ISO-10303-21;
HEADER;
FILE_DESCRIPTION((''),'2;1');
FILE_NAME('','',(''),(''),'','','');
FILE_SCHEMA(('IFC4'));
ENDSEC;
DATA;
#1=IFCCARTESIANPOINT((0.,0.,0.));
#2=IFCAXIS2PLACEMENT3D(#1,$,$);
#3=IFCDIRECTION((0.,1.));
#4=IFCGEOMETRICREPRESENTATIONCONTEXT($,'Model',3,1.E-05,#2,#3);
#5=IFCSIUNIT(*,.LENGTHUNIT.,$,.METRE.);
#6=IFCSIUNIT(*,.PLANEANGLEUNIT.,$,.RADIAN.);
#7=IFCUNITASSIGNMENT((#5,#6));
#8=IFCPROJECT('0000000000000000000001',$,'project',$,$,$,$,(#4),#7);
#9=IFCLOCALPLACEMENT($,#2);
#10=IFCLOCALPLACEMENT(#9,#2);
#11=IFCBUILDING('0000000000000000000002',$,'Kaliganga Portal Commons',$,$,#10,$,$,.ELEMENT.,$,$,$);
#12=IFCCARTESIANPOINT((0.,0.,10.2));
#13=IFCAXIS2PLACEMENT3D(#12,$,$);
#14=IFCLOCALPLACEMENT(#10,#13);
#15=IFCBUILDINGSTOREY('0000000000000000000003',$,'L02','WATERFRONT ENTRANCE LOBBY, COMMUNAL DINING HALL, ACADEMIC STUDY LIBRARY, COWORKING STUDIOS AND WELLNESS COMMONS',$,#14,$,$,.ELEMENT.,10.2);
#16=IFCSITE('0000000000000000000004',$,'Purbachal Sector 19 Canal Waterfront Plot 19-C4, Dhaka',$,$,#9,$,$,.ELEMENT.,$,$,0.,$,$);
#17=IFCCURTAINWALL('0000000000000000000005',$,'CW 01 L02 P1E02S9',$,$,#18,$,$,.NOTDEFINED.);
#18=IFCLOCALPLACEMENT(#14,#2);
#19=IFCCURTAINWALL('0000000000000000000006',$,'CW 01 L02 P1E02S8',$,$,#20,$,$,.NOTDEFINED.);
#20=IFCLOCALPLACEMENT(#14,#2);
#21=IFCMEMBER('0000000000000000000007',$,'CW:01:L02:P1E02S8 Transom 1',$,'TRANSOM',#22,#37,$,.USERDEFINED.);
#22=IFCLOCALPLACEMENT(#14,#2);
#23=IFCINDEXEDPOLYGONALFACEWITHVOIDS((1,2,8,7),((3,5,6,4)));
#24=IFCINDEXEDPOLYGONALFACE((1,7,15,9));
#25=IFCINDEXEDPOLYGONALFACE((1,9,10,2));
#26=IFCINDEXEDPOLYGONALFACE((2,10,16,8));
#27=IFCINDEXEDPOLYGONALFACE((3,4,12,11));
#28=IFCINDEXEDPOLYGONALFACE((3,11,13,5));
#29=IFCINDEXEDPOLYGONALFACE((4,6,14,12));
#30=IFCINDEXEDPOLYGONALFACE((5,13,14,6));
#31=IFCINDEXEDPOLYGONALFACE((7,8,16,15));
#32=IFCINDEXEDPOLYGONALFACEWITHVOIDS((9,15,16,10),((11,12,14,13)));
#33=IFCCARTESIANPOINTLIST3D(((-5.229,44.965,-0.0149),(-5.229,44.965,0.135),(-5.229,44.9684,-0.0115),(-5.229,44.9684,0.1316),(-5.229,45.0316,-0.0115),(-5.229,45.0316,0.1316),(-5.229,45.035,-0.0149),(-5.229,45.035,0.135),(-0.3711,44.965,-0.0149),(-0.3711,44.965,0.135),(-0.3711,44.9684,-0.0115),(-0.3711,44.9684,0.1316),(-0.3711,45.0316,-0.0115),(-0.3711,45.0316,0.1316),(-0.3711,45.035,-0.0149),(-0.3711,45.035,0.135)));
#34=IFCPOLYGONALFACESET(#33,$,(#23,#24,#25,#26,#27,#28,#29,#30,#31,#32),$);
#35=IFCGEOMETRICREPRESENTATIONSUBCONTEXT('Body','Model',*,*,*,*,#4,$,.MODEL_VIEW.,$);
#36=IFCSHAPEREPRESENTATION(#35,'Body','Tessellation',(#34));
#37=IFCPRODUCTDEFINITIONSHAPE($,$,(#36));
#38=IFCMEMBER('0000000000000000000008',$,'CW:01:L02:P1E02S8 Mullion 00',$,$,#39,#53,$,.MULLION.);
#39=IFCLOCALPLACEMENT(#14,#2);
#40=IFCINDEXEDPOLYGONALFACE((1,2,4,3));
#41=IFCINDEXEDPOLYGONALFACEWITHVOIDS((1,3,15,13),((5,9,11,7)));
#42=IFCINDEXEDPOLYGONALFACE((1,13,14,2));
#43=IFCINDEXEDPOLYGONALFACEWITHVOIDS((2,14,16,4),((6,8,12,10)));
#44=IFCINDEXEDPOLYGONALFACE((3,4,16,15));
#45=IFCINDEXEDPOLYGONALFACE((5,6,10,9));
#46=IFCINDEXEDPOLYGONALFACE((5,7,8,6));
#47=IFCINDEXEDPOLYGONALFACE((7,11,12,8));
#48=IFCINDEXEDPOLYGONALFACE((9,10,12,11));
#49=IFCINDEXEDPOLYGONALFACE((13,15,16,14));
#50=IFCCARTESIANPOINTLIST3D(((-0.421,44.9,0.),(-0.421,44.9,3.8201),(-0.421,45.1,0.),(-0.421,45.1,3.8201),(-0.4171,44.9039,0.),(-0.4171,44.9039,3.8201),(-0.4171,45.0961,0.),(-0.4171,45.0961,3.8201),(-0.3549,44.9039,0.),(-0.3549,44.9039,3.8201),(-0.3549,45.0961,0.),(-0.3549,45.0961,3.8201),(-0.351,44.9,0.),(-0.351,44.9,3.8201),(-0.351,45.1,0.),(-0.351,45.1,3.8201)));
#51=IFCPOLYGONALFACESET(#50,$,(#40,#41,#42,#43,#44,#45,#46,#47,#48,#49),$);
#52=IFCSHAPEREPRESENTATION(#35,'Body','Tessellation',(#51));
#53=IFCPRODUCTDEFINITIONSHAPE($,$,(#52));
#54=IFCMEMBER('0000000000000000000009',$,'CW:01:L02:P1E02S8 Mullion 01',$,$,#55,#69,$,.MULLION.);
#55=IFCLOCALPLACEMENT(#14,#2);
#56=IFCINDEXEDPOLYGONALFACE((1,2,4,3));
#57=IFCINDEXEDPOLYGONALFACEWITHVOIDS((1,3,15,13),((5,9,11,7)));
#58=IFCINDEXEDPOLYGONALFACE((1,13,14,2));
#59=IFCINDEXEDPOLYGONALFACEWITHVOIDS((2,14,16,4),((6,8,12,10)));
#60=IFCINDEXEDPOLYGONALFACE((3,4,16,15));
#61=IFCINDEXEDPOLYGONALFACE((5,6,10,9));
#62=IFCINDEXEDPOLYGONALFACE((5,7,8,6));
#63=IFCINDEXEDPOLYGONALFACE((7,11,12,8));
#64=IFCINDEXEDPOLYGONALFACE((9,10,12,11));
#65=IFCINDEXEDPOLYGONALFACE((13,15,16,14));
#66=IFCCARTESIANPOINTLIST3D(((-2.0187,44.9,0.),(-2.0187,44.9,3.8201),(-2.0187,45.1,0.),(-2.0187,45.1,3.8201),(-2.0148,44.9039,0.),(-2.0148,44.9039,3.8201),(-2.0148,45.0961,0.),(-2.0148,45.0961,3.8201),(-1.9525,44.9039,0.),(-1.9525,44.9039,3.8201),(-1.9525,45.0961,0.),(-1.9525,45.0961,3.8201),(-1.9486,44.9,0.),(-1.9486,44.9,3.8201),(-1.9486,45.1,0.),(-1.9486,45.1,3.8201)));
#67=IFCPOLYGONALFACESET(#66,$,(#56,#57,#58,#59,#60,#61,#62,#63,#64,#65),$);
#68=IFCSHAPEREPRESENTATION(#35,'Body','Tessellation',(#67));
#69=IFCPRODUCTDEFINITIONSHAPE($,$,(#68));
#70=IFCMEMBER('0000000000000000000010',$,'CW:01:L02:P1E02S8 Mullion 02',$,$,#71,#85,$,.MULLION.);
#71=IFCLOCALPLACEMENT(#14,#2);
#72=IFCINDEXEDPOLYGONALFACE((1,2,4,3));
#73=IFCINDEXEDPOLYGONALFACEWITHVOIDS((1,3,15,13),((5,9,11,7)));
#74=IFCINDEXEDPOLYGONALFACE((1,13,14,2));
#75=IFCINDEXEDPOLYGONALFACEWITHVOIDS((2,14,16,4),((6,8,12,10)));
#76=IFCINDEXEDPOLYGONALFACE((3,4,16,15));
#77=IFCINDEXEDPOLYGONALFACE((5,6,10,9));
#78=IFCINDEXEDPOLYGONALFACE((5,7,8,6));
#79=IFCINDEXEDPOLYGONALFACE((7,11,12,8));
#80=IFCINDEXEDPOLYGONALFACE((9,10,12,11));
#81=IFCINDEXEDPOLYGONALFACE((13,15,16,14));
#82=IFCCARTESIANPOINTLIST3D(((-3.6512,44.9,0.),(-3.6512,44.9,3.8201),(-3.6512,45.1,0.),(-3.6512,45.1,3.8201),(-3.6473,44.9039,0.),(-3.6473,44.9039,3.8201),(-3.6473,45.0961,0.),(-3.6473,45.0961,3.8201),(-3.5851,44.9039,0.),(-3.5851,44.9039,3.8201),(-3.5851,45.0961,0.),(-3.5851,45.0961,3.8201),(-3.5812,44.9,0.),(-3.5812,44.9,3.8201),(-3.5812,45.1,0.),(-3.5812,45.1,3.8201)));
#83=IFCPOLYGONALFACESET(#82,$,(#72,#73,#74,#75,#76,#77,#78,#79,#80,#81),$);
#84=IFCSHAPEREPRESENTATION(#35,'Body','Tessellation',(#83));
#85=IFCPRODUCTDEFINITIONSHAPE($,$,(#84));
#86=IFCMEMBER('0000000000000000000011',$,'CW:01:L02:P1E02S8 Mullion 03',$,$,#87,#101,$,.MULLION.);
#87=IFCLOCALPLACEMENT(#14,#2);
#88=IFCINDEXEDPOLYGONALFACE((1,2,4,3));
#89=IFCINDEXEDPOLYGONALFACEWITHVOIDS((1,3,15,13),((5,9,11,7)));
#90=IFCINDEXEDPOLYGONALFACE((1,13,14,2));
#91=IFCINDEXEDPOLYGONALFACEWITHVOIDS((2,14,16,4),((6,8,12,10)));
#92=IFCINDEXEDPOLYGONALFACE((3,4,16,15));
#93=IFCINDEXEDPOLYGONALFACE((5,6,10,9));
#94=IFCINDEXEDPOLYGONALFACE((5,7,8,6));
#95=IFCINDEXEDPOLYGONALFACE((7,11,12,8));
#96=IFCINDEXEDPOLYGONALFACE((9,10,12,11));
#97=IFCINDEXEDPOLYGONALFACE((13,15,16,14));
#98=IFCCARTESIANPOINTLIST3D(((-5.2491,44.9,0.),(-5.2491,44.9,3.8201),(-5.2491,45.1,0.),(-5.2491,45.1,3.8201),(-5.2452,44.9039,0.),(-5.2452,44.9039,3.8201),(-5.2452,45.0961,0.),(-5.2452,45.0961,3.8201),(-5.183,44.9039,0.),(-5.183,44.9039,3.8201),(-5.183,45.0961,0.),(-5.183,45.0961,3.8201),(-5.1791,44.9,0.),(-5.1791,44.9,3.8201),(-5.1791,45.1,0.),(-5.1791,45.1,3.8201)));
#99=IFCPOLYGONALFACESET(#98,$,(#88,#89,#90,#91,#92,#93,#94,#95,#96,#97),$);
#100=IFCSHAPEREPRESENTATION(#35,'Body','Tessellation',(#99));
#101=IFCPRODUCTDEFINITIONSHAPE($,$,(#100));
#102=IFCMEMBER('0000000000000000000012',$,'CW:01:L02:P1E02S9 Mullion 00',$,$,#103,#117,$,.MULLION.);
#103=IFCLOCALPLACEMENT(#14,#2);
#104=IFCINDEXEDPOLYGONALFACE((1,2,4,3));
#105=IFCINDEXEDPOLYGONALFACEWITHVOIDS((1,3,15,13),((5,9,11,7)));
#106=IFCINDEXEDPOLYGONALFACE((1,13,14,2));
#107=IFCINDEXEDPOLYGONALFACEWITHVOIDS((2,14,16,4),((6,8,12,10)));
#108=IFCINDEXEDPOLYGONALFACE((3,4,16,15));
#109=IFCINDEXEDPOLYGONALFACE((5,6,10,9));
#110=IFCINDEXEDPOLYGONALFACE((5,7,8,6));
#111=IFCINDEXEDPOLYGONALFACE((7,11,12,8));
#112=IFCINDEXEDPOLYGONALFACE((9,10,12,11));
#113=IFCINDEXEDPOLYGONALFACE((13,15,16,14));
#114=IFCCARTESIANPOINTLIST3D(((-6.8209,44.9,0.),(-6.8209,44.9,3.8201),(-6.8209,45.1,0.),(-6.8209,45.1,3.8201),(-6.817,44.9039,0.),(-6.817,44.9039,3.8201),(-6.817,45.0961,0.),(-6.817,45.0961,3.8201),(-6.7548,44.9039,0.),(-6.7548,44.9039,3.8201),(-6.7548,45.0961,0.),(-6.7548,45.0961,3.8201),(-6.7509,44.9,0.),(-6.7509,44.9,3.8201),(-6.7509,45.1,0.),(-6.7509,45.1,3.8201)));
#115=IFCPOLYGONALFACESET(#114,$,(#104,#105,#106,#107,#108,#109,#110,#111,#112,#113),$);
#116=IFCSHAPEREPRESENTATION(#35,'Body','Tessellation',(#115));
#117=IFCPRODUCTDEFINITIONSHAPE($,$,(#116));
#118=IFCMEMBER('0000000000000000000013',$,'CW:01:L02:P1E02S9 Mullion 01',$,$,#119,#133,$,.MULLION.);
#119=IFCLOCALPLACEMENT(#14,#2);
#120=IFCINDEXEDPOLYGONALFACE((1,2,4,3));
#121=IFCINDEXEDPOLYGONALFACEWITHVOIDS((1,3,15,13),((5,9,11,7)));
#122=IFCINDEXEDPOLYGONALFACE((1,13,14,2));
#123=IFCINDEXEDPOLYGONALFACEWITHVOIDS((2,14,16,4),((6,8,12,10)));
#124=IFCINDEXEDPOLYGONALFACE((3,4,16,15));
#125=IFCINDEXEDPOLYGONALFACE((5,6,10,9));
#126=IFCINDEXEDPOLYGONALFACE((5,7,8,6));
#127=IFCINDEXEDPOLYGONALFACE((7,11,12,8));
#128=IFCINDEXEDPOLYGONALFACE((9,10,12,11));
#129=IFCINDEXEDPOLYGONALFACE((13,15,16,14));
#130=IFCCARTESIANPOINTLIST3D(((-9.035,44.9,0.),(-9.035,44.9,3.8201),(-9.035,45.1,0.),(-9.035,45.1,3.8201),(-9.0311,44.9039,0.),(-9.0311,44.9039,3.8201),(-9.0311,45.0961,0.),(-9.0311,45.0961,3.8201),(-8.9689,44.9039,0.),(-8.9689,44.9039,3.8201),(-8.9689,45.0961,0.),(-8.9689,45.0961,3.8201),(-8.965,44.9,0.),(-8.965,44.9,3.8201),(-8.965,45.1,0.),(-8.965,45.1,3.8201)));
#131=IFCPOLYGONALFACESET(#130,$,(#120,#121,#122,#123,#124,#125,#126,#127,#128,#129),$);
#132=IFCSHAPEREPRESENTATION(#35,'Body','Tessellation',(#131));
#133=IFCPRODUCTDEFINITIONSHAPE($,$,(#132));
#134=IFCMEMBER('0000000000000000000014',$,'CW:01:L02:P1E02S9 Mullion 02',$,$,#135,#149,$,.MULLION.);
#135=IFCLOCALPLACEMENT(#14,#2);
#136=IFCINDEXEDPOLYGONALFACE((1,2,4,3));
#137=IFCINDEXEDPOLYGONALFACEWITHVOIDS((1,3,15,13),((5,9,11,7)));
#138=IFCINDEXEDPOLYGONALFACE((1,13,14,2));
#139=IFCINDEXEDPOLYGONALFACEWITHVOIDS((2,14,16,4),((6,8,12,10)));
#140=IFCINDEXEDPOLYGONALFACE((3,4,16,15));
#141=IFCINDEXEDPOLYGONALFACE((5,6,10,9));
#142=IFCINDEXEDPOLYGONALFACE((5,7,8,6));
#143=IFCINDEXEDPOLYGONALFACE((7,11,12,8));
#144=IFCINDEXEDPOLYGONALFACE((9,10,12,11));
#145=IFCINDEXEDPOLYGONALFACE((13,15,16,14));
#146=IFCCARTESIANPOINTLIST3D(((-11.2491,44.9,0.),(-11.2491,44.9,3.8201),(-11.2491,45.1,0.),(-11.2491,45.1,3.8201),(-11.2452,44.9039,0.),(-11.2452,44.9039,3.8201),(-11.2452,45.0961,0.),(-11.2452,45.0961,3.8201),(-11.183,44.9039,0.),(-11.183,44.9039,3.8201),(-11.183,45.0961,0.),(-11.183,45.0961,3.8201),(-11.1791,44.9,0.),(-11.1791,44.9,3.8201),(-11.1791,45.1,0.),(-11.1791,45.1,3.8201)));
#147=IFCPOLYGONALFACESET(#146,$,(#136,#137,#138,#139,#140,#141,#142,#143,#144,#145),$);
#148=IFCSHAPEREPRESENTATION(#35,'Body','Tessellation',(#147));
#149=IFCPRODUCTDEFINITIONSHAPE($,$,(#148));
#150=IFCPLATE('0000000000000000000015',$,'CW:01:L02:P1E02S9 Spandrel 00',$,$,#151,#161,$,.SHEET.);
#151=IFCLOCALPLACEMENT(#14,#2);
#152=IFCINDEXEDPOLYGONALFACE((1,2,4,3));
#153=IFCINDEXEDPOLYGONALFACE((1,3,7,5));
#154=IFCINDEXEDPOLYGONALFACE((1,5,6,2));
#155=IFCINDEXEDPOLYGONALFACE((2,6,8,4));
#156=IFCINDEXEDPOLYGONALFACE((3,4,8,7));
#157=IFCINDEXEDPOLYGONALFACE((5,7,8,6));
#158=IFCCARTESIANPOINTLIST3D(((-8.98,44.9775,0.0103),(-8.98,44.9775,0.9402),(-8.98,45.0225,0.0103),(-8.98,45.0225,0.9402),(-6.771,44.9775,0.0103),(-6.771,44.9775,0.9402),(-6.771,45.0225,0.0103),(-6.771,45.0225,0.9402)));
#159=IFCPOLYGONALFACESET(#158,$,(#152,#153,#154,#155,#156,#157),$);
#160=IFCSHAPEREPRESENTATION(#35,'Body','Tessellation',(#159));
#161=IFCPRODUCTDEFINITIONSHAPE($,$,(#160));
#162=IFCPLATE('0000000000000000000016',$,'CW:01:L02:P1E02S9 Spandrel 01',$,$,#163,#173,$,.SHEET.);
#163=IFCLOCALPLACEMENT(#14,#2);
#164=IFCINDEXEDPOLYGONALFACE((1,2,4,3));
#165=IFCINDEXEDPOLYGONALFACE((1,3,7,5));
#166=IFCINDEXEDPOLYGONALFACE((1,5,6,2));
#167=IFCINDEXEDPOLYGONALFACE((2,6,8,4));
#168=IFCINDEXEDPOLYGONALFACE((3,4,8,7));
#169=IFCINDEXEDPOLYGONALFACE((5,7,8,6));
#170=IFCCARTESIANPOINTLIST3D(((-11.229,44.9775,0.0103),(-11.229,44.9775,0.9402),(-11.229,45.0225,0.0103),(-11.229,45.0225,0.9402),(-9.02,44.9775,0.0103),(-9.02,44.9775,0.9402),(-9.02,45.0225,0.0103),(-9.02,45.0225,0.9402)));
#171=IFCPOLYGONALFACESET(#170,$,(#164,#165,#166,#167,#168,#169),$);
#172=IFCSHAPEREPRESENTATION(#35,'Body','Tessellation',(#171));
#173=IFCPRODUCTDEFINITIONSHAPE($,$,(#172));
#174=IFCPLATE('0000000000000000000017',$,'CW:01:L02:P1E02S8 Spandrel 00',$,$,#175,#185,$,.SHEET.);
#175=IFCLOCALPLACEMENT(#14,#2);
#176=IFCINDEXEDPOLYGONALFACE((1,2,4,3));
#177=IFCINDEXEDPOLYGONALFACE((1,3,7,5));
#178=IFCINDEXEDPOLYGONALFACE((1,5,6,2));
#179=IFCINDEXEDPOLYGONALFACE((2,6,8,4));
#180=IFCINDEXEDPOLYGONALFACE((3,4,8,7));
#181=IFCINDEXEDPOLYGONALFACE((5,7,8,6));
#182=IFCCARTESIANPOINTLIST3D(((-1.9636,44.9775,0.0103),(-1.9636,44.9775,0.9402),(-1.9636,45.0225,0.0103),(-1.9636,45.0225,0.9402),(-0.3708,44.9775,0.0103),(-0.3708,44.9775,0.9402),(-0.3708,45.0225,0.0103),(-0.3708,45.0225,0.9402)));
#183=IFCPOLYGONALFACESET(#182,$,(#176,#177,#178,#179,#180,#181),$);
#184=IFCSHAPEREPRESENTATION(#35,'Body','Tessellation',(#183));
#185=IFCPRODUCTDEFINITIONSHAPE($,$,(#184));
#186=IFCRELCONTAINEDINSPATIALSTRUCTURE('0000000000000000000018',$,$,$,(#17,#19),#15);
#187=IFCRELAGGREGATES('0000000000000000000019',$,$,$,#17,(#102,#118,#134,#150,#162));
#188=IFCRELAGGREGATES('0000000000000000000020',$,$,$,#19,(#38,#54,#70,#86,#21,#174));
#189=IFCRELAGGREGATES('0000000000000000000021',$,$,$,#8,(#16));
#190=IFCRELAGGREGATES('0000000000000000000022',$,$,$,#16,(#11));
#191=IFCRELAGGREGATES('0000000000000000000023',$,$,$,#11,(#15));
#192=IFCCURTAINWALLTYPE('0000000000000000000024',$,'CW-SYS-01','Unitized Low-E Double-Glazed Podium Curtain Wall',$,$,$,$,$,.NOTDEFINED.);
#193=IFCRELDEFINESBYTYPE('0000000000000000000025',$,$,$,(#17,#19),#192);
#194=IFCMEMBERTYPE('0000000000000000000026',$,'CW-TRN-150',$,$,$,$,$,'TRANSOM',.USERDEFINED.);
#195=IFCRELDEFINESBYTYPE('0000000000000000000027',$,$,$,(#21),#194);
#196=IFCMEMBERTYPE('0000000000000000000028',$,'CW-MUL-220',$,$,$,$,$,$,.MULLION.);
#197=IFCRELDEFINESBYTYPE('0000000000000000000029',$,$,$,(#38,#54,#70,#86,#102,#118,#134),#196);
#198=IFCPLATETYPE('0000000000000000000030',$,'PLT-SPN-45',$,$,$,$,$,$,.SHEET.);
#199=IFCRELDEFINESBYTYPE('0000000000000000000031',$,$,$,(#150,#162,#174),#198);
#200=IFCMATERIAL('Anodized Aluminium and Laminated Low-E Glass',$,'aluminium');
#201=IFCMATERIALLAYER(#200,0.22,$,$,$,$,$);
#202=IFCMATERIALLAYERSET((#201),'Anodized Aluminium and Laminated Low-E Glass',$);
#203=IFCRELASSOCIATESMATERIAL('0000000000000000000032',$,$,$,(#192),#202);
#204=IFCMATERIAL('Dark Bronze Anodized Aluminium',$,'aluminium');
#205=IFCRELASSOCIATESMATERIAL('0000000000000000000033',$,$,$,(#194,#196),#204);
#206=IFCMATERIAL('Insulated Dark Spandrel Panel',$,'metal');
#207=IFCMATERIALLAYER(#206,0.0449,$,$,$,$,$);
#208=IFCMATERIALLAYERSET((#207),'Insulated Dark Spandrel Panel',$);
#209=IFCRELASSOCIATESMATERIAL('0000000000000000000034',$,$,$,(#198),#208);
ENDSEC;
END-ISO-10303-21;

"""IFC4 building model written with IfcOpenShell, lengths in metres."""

from ifc_helpers import new_model, si_unit, direction, frame, origin, origin_2d, place, context, subcontext, project, spatial, rectangle, hollow_rectangle, extrude, source, transform, mapped, material, layer, layer_set, material_profile, profile_set, type_object, element, aggregate, save


model = new_model("IFC4")

# Units and contexts
model_context = context("Model", 3, precision=1e-05, world=origin(), true_north=direction((0.0, 1.0)))
body_context = subcontext(model_context, "Body", "Model", "MODEL_VIEW")
ifc_project = project(units=[si_unit("LENGTHUNIT", "METRE"), si_unit("PLANEANGLEUNIT", "RADIAN")], contexts=[model_context])

# Site, building, storey
site_placement = place(None, origin())
site = spatial("IfcSite", under=ifc_project, at=site_placement, Name="Purbachal Sector 19 Canal Waterfront Plot 19-C4, Dhaka", CompositionType="ELEMENT", RefElevation=0.0)
building_placement = place(site_placement, origin())
building = spatial("IfcBuilding", under=site, at=building_placement, Name="Kaliganga Portal Commons", CompositionType="ELEMENT")
storey_placement = place(building_placement, frame((0.0, 0.0, 10.2)))
storey = spatial("IfcBuildingStorey", under=building, at=storey_placement, Name="L02", Description="WATERFRONT ENTRANCE LOBBY, COMMUNAL DINING HALL, ACADEMIC STUDY LIBRARY, COWORKING STUDIOS AND WELLNESS COMMONS", CompositionType="ELEMENT", Elevation=10.2)

# Curtain walls, members
ifc_material_1 = material(Name="Anodized Aluminium and Laminated Low-E Glass", Category="aluminium")
ifc_layer_1 = layer(ifc_material_1, 0.22)
ifc_layer_set_1 = layer_set([ifc_layer_1], Name="Anodized Aluminium and Laminated Low-E Glass")
curtain_wall_type = type_object("IfcCurtainWallType", Name="CW-SYS-01", Description="Unitized Low-E Double-Glazed Podium Curtain Wall", PredefinedType="NOTDEFINED", material=ifc_layer_set_1)
curtain_wall_1_placement = place(storey_placement, origin())
curtain_wall_1 = element("IfcCurtainWall", 1, at=curtain_wall_1_placement, inside=storey, type_object=curtain_wall_type, Name="CW 01 L02 P1E02S9", PredefinedType="NOTDEFINED")
ifc_material_2 = material(Name="Dark Bronze Anodized Aluminium", Category="aluminium")
ifc_material_profile_1 = material_profile(ifc_material_2, hollow_rectangle(XDim=0.0701, YDim=0.1499, WallThickness=0.0034, at=origin_2d()), Name="ALU TRAN 70x150x3.5")
ifc_profile_set_1 = profile_set([ifc_material_profile_1], Name="Dark Bronze Anodized Aluminium")
member_type_1 = type_object("IfcMemberType", Name="CW-TRN-150", ElementType="TRANSOM", PredefinedType="USERDEFINED", material=ifc_profile_set_1)
curtain_wall_2_placement = place(storey_placement, origin())
curtain_wall_2 = element("IfcCurtainWall", 2, at=curtain_wall_2_placement, inside=storey, type_object=curtain_wall_type, Name="CW 01 L02 P1E02S8", PredefinedType="NOTDEFINED")
shared_shape_1 = source(origin(), body_context, "Body", "SweptSolid", [
    extrude(hollow_rectangle(XDim=0.0701, YDim=0.1499, WallThickness=0.0034, at=origin_2d()), origin(), (0.0, 0.0, 1.0), 4.8579),
])
member_1_placement = place(storey_placement, frame((-0.3711, 45.0, 0.0601), z_axis=(-1.0, 0.0, 0.0), x_axis=(0.0, -1.0, 0.0)))
member_1 = element("IfcMember", 3, at=member_1_placement, type_object=member_type_1, Name="CW:01:L02:P1E02S8 Transom 1", ObjectType="TRANSOM", PredefinedType="USERDEFINED", context=body_context, shape_type="MappedRepresentation", body=[
    mapped(shared_shape_1, transform((0.0, 0.0, 0.0), x_axis=(1.0, 0.0, 0.0), y_axis=(0.0, 1.0, 0.0), z_axis=(0.0, 0.0, 1.0), scale=1.0)),
])
ifc_material_profile_2 = material_profile(ifc_material_2, hollow_rectangle(XDim=0.0701, YDim=0.2, WallThickness=0.0039, at=origin_2d()), Name="ALU MULL 70x200x4")
ifc_profile_set_2 = profile_set([ifc_material_profile_2], Name="Dark Bronze Anodized Aluminium")
member_type_2 = type_object("IfcMemberType", Name="CW-MUL-220", PredefinedType="MULLION", material=ifc_profile_set_2)
shared_shape_2 = source(origin(), body_context, "Body", "SweptSolid", [
    extrude(hollow_rectangle(XDim=0.0701, YDim=0.2, WallThickness=0.0039, at=origin_2d()), origin(), (0.0, 0.0, 1.0), 3.8201),
])
member_2_placement = place(storey_placement, frame((-0.386, 45.0, 0.0), z_axis=(0.0, 0.0, 1.0), x_axis=(-1.0, 0.0, 0.0)))
member_2 = element("IfcMember", 4, at=member_2_placement, type_object=member_type_2, Name="CW:01:L02:P1E02S8 Mullion 00", PredefinedType="MULLION", context=body_context, shape_type="MappedRepresentation", body=[
    mapped(shared_shape_2, transform((0.0, 0.0, 0.0), x_axis=(1.0, 0.0, 0.0), y_axis=(0.0, 1.0, 0.0), z_axis=(0.0, 0.0, 1.0), scale=1.0)),
])
member_3_placement = place(storey_placement, frame((-1.9836, 45.0, 0.0), z_axis=(0.0, 0.0, 1.0), x_axis=(-1.0, 0.0, 0.0)))
member_3 = element("IfcMember", 5, at=member_3_placement, type_object=member_type_2, Name="CW:01:L02:P1E02S8 Mullion 01", PredefinedType="MULLION", context=body_context, shape_type="MappedRepresentation", body=[
    mapped(shared_shape_2, transform((0.0, 0.0, 0.0), x_axis=(1.0, 0.0, 0.0), y_axis=(0.0, 1.0, 0.0), z_axis=(0.0, 0.0, 1.0), scale=1.0)),
])
member_4_placement = place(storey_placement, frame((-3.6162, 45.0, 0.0), z_axis=(0.0, 0.0, 1.0), x_axis=(-1.0, 0.0, 0.0)))
member_4 = element("IfcMember", 6, at=member_4_placement, type_object=member_type_2, Name="CW:01:L02:P1E02S8 Mullion 02", PredefinedType="MULLION", context=body_context, shape_type="MappedRepresentation", body=[
    mapped(shared_shape_2, transform((0.0, 0.0, 0.0), x_axis=(1.0, 0.0, 0.0), y_axis=(0.0, 1.0, 0.0), z_axis=(0.0, 0.0, 1.0), scale=1.0)),
])
member_5_placement = place(storey_placement, frame((-5.2141, 45.0, 0.0), z_axis=(0.0, 0.0, 1.0), x_axis=(-1.0, 0.0, 0.0)))
member_5 = element("IfcMember", 7, at=member_5_placement, type_object=member_type_2, Name="CW:01:L02:P1E02S8 Mullion 03", PredefinedType="MULLION", context=body_context, shape_type="MappedRepresentation", body=[
    mapped(shared_shape_2, transform((0.0, 0.0, 0.0), x_axis=(1.0, 0.0, 0.0), y_axis=(0.0, 1.0, 0.0), z_axis=(0.0, 0.0, 1.0), scale=1.0)),
])

# Members
member_6_placement = place(storey_placement, frame((-6.7859, 45.0, 0.0), z_axis=(0.0, 0.0, 1.0), x_axis=(-1.0, 0.0, 0.0)))
member_6 = element("IfcMember", 8, at=member_6_placement, type_object=member_type_2, Name="CW:01:L02:P1E02S9 Mullion 00", PredefinedType="MULLION", context=body_context, shape_type="MappedRepresentation", body=[
    mapped(shared_shape_2, transform((0.0, 0.0, 0.0), x_axis=(1.0, 0.0, 0.0), y_axis=(0.0, 1.0, 0.0), z_axis=(0.0, 0.0, 1.0), scale=1.0)),
])
member_7_placement = place(storey_placement, frame((-9.0, 45.0, 0.0), z_axis=(0.0, 0.0, 1.0), x_axis=(-1.0, 0.0, 0.0)))
member_7 = element("IfcMember", 9, at=member_7_placement, type_object=member_type_2, Name="CW:01:L02:P1E02S9 Mullion 01", PredefinedType="MULLION", context=body_context, shape_type="MappedRepresentation", body=[
    mapped(shared_shape_2, transform((0.0, 0.0, 0.0), x_axis=(1.0, 0.0, 0.0), y_axis=(0.0, 1.0, 0.0), z_axis=(0.0, 0.0, 1.0), scale=1.0)),
])
member_8_placement = place(storey_placement, frame((-11.2141, 45.0, 0.0), z_axis=(0.0, 0.0, 1.0), x_axis=(-1.0, 0.0, 0.0)))
member_8 = element("IfcMember", 10, at=member_8_placement, type_object=member_type_2, Name="CW:01:L02:P1E02S9 Mullion 02", PredefinedType="MULLION", context=body_context, shape_type="MappedRepresentation", body=[
    mapped(shared_shape_2, transform((0.0, 0.0, 0.0), x_axis=(1.0, 0.0, 0.0), y_axis=(0.0, 1.0, 0.0), z_axis=(0.0, 0.0, 1.0), scale=1.0)),
])

# Plates
ifc_material_3 = material(Name="Insulated Dark Spandrel Panel", Category="metal")
ifc_layer_2 = layer(ifc_material_3, 0.0449)
ifc_layer_set_2 = layer_set([ifc_layer_2], Name="Insulated Dark Spandrel Panel")
plate_type_1 = type_object("IfcPlateType", Name="PLT-SPN-45", PredefinedType="SHEET", material=ifc_layer_set_2)
shared_shape_3 = source(origin(), body_context, "Body", "SweptSolid", [
    extrude(rectangle(XDim=2.209, YDim=0.0449, at=origin_2d()), origin(), (0.0, 0.0, 1.0), 0.9299),
])
plate_1_placement = place(storey_placement, frame((-7.8755, 45.0, 0.0103), z_axis=(0.0, 0.0, 1.0), x_axis=(-1.0, 0.0, 0.0)))
plate_1 = element("IfcPlate", 11, at=plate_1_placement, type_object=plate_type_1, Name="CW:01:L02:P1E02S9 Spandrel 00", PredefinedType="SHEET", context=body_context, shape_type="MappedRepresentation", body=[
    mapped(shared_shape_3, transform((0.0, 0.0, 0.0), x_axis=(1.0, 0.0, 0.0), y_axis=(0.0, 1.0, 0.0), z_axis=(0.0, 0.0, 1.0), scale=1.0)),
])
plate_2_placement = place(storey_placement, frame((-10.1245, 45.0, 0.0103), z_axis=(0.0, 0.0, 1.0), x_axis=(-1.0, 0.0, 0.0)))
plate_2 = element("IfcPlate", 12, at=plate_2_placement, type_object=plate_type_1, Name="CW:01:L02:P1E02S9 Spandrel 01", PredefinedType="SHEET", context=body_context, shape_type="MappedRepresentation", body=[
    mapped(shared_shape_3, transform((0.0, 0.0, 0.0), x_axis=(1.0, 0.0, 0.0), y_axis=(0.0, 1.0, 0.0), z_axis=(0.0, 0.0, 1.0), scale=1.0)),
])
shared_shape_4 = source(origin(), body_context, "Body", "SweptSolid", [
    extrude(rectangle(XDim=1.5928, YDim=0.0449, at=origin_2d()), origin(), (0.0, 0.0, 1.0), 0.9299),
])
plate_3_placement = place(storey_placement, frame((-1.1672, 45.0, 0.0103), z_axis=(0.0, 0.0, 1.0), x_axis=(-1.0, 0.0, 0.0)))
plate_3 = element("IfcPlate", 13, at=plate_3_placement, type_object=plate_type_1, Name="CW:01:L02:P1E02S8 Spandrel 00", PredefinedType="SHEET", context=body_context, shape_type="MappedRepresentation", body=[
    mapped(shared_shape_4, transform((0.0, 0.0, 0.0), x_axis=(1.0, 0.0, 0.0), y_axis=(0.0, 1.0, 0.0), z_axis=(0.0, 0.0, 1.0), scale=1.0)),
])
aggregate(curtain_wall_1, [member_6, member_7, member_8, plate_1, plate_2])
aggregate(curtain_wall_2, [member_2, member_3, member_4, member_5, member_1, plate_3])

save(model, "model.ifc")
